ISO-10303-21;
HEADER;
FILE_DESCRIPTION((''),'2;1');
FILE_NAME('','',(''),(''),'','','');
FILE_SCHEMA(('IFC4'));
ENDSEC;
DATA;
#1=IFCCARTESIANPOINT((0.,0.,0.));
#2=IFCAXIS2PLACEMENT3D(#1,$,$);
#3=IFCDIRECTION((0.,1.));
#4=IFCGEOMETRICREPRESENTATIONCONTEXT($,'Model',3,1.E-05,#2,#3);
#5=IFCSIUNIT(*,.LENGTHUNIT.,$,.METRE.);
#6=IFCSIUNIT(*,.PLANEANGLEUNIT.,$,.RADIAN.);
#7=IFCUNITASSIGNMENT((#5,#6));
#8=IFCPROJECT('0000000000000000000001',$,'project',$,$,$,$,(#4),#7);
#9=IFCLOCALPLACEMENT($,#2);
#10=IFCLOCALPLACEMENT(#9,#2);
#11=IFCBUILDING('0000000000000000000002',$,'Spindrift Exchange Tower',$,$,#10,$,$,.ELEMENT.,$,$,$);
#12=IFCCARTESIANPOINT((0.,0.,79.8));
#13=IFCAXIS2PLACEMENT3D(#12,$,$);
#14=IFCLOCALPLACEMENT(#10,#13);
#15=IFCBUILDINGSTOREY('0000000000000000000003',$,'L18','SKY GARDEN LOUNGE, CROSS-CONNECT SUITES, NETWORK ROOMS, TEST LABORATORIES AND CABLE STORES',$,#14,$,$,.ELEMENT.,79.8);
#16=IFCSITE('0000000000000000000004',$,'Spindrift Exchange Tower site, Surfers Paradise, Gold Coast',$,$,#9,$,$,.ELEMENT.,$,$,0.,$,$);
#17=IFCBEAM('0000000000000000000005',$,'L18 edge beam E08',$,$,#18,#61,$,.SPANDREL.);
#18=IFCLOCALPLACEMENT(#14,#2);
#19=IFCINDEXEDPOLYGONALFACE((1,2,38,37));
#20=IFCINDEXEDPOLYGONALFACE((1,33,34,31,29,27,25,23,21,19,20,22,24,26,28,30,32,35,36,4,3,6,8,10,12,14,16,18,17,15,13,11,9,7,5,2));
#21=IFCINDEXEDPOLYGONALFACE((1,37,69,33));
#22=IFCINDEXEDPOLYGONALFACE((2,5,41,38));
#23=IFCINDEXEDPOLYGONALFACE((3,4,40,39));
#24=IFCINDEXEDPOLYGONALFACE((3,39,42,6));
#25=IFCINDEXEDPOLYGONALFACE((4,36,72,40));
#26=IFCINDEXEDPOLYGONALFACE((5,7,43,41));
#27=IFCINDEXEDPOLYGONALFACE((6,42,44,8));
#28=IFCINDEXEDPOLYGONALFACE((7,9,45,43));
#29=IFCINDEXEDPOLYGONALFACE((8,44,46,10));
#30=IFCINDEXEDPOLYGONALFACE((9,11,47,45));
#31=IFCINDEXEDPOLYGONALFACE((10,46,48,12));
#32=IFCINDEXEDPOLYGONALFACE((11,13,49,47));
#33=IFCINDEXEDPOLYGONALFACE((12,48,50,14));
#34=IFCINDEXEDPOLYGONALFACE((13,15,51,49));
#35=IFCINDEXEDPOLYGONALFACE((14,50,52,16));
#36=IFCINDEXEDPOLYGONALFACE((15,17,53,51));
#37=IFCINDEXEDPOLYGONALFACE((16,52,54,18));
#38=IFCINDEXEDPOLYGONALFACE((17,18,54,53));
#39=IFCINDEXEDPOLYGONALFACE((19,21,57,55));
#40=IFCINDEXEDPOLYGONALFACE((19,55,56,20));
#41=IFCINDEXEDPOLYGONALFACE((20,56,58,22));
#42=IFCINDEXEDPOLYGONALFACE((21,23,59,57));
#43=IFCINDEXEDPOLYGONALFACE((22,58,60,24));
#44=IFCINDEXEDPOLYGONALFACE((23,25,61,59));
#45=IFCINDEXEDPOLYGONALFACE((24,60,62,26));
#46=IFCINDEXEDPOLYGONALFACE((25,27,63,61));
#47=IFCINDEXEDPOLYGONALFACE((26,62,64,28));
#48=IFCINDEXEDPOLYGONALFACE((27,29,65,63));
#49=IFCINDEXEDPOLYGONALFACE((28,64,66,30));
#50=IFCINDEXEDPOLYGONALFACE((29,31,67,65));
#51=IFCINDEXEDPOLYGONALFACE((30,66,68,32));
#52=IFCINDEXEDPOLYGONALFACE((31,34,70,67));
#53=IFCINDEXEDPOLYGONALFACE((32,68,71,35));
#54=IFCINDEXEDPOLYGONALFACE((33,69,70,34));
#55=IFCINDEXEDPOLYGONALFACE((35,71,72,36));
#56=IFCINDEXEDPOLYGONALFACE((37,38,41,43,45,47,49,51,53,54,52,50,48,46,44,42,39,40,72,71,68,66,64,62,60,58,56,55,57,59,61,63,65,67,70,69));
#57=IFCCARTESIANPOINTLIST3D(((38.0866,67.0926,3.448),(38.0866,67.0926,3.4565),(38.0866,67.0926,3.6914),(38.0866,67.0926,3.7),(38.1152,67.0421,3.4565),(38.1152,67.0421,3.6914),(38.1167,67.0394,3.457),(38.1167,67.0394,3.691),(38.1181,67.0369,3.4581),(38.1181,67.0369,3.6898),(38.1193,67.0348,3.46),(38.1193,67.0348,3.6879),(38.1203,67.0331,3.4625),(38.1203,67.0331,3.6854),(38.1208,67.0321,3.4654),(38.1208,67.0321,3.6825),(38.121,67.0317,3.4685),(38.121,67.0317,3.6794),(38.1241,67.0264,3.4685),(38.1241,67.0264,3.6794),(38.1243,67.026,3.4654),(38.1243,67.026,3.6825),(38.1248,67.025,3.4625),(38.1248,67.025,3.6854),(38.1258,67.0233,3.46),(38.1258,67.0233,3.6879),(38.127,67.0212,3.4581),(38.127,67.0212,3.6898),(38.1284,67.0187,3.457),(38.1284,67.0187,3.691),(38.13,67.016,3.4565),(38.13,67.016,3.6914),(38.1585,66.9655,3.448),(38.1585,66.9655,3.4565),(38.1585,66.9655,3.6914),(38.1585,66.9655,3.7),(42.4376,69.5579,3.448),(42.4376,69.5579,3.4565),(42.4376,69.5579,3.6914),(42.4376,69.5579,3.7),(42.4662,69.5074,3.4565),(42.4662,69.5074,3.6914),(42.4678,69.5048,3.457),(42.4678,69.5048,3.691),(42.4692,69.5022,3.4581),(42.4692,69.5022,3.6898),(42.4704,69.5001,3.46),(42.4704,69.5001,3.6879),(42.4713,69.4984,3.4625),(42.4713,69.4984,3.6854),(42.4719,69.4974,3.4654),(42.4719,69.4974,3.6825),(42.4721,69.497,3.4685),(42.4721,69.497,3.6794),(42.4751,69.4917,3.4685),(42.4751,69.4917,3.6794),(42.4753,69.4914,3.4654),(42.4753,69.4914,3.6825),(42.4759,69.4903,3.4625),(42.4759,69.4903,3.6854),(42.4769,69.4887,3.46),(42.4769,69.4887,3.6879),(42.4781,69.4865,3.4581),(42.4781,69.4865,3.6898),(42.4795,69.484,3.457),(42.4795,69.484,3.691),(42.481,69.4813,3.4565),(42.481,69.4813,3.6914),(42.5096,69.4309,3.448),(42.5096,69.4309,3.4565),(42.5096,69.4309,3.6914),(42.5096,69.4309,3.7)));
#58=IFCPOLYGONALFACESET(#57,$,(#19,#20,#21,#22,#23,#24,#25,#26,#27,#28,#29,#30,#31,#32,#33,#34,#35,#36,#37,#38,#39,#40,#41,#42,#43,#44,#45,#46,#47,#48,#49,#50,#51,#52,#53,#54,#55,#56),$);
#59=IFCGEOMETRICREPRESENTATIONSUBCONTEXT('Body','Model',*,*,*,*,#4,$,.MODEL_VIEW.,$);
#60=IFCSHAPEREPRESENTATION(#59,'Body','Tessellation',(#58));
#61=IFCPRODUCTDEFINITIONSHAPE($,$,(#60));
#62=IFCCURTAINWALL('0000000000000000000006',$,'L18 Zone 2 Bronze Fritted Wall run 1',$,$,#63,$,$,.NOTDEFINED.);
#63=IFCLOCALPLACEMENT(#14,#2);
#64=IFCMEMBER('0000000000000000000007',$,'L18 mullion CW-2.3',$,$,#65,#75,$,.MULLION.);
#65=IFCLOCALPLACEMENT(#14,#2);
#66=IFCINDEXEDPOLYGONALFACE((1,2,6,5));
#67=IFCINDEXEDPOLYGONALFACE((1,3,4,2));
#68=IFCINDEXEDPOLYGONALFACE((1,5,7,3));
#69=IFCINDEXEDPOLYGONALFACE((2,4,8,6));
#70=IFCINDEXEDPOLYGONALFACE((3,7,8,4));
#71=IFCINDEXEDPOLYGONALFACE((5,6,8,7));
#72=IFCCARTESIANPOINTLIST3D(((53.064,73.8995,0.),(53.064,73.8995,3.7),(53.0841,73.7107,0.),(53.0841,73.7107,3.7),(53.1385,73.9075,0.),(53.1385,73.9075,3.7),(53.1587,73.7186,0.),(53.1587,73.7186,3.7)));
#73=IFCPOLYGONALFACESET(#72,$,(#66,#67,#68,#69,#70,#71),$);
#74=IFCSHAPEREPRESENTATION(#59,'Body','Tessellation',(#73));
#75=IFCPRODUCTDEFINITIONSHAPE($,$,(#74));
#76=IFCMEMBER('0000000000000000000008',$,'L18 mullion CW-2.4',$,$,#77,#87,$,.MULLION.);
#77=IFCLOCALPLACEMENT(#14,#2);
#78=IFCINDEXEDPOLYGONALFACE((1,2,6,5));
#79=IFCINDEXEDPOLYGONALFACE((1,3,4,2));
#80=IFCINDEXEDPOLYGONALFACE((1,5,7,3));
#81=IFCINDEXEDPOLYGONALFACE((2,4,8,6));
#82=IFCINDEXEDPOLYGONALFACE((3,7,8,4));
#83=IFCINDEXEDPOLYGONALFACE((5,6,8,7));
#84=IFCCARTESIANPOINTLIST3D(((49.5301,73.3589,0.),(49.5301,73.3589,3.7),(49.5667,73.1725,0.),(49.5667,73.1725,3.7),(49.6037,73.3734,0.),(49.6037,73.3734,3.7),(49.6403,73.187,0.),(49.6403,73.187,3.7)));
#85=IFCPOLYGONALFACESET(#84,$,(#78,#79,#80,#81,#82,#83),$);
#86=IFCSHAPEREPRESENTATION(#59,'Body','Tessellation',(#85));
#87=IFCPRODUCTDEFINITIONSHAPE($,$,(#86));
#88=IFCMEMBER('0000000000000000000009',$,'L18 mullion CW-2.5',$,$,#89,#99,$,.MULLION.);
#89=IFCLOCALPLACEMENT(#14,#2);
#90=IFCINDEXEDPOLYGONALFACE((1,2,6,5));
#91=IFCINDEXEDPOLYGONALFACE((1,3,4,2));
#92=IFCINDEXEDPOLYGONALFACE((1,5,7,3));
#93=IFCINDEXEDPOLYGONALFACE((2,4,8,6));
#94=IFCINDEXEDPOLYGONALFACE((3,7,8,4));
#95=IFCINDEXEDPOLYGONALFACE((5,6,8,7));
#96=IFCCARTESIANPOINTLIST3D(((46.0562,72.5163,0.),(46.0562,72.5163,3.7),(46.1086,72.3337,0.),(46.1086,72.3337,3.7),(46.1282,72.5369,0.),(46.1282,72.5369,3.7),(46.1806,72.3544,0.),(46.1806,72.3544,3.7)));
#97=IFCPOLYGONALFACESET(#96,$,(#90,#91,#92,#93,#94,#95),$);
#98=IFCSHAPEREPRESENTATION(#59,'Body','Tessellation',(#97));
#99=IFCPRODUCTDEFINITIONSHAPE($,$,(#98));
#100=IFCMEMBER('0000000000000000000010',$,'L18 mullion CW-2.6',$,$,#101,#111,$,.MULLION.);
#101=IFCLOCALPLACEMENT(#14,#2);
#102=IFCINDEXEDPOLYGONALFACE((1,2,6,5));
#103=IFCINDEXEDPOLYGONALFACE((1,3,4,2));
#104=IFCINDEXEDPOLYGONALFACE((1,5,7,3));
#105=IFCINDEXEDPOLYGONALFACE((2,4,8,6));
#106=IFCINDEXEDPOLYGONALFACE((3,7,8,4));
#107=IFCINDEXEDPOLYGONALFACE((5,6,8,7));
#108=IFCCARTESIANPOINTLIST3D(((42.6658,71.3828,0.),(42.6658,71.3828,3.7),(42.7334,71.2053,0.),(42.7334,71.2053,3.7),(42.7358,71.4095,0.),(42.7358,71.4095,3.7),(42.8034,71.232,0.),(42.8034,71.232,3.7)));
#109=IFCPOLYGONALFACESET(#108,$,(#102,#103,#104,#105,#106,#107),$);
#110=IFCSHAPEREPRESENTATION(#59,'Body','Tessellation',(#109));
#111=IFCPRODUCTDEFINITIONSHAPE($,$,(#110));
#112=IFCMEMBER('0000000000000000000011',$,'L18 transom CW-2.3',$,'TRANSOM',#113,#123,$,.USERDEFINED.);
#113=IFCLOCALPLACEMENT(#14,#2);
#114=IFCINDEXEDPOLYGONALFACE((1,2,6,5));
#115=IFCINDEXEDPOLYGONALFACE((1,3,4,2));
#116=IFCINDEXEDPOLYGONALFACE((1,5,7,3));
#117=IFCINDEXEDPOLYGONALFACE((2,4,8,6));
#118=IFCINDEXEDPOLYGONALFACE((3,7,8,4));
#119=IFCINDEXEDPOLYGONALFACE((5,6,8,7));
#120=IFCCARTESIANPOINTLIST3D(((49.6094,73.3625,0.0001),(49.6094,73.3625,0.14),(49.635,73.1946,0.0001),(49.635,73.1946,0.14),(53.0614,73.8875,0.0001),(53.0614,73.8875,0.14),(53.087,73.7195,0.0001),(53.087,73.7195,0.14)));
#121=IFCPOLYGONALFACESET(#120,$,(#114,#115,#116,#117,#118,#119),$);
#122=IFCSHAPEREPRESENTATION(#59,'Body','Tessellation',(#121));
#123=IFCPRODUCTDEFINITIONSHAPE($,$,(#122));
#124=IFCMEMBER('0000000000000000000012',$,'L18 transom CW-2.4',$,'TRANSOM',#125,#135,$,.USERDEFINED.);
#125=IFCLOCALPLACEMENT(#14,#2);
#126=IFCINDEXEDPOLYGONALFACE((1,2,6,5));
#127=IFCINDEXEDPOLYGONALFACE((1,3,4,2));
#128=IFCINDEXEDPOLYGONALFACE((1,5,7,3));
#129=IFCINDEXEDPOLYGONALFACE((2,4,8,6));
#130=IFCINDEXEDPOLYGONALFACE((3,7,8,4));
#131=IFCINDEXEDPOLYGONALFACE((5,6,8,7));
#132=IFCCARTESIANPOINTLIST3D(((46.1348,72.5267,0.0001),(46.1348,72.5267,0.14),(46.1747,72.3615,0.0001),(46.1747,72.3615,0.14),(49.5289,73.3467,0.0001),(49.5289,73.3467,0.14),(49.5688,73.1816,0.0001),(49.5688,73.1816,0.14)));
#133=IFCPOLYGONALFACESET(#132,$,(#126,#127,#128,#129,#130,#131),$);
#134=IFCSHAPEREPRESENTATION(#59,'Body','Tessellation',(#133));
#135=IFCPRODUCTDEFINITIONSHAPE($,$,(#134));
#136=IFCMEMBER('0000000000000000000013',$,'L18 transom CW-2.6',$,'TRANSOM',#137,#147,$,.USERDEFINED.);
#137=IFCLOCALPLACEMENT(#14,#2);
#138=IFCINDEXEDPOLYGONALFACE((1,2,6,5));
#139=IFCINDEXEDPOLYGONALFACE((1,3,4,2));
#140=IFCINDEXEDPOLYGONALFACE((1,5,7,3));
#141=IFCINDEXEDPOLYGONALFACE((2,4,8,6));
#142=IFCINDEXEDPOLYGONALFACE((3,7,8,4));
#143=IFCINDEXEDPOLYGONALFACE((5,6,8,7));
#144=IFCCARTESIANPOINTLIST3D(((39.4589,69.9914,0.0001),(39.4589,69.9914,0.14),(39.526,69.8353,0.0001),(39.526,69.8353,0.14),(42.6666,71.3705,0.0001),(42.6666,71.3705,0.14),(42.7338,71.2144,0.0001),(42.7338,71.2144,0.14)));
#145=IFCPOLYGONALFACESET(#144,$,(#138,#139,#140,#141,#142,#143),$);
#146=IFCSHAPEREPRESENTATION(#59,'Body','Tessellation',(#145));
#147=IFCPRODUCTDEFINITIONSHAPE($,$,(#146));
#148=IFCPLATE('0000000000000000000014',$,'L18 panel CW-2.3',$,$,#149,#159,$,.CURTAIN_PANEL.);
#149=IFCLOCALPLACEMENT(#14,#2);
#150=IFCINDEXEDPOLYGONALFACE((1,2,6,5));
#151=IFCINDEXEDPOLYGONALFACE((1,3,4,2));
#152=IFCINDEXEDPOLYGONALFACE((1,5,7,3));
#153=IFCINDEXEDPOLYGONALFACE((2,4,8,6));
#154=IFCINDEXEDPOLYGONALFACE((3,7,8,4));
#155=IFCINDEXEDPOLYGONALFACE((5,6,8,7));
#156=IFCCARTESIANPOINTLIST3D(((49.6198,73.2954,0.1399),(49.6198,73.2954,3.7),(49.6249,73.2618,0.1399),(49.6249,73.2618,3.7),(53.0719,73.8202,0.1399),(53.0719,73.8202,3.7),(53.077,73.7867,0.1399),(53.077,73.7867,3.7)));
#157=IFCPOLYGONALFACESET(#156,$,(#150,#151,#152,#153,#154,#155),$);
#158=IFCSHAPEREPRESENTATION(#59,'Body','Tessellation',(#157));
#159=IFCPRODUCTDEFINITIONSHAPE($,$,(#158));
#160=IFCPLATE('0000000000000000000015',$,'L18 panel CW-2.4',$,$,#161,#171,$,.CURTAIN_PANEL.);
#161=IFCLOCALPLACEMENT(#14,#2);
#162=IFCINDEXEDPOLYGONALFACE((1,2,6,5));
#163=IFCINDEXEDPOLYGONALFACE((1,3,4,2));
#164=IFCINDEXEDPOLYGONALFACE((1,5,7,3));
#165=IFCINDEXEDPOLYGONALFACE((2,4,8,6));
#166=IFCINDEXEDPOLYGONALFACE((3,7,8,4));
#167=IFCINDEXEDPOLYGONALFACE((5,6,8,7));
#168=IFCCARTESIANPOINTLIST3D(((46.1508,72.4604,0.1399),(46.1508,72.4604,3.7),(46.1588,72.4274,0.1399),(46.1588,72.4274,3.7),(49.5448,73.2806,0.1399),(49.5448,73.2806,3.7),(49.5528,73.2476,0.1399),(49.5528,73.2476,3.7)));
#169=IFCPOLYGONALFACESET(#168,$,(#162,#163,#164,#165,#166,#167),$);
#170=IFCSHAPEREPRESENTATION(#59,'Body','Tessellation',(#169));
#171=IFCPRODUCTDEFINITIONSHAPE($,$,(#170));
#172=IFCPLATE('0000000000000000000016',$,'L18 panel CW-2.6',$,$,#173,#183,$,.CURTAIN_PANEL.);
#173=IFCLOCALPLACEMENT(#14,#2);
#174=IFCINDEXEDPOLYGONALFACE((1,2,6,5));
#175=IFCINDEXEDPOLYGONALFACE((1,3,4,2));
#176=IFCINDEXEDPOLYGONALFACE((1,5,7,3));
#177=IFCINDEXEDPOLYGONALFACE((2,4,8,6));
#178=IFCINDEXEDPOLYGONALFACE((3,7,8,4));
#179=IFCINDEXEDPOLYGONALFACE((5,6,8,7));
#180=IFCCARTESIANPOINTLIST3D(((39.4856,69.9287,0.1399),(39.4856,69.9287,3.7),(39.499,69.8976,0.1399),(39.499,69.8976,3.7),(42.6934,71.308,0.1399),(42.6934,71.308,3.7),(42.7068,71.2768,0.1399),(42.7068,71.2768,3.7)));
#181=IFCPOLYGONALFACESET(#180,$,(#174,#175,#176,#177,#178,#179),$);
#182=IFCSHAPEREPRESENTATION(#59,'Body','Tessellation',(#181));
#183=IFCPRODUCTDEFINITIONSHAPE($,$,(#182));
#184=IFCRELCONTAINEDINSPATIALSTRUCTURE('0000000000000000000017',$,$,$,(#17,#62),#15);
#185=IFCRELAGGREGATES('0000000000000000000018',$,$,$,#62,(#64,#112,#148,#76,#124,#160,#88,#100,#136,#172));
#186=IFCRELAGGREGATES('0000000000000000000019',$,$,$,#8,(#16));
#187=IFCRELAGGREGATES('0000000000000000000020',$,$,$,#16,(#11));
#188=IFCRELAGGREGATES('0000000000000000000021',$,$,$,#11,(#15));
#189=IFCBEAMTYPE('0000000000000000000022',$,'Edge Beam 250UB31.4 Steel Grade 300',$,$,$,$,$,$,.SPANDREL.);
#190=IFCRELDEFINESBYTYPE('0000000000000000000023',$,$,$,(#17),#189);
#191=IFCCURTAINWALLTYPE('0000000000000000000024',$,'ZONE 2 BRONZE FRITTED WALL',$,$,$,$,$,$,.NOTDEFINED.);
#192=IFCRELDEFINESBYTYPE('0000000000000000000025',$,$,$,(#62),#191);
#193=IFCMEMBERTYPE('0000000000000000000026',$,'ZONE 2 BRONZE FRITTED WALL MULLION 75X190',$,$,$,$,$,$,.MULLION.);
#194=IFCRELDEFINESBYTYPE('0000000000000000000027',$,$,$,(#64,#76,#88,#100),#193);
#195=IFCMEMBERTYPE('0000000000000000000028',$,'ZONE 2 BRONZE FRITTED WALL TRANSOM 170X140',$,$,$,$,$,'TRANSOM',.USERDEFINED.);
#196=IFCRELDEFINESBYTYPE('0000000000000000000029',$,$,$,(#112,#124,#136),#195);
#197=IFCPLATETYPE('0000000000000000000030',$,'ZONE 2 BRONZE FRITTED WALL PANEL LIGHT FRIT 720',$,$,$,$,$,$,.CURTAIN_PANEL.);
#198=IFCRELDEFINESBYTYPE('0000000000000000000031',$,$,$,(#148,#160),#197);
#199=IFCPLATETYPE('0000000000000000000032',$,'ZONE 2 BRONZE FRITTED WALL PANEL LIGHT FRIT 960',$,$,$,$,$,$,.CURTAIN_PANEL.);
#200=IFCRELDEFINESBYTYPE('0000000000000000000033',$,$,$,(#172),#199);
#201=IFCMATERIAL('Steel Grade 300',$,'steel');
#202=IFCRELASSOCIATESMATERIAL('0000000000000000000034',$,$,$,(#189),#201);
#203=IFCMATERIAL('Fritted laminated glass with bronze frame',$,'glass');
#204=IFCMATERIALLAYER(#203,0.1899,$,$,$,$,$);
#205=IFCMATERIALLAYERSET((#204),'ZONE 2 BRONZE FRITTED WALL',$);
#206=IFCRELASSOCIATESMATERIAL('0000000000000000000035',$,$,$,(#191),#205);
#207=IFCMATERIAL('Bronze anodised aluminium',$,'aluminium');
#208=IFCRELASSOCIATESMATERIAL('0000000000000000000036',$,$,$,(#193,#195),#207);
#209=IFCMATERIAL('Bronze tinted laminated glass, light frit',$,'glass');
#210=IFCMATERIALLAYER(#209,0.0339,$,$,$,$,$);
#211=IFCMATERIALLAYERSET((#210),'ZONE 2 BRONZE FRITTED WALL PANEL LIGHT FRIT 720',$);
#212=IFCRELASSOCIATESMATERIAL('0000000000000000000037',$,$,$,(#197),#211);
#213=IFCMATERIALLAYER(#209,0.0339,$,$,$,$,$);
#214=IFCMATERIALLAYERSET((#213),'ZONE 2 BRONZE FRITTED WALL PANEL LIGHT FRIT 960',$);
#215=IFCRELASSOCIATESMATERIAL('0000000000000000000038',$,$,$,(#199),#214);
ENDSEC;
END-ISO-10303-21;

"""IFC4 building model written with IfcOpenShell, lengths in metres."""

from ifc_helpers import new_model, si_unit, direction, frame, origin, origin_2d, place, context, subcontext, project, spatial, rectangle, i_section, extrude, source, transform, mapped, material, layer, layer_set, material_profile, profile_set, type_object, element, aggregate, save


model = new_model("IFC4")

# Units and contexts
model_context = context("Model", 3, precision=1e-05, world=origin(), true_north=direction((0.0, 1.0)))
body_context = subcontext(model_context, "Body", "Model", "MODEL_VIEW")
ifc_project = project(units=[si_unit("LENGTHUNIT", "METRE"), si_unit("PLANEANGLEUNIT", "RADIAN")], contexts=[model_context])

# Site, building, storey
site_placement = place(None, origin())
site = spatial("IfcSite", under=ifc_project, at=site_placement, Name="Spindrift Exchange Tower site, Surfers Paradise, Gold Coast", CompositionType="ELEMENT", RefElevation=0.0)
building_placement = place(site_placement, origin())
building = spatial("IfcBuilding", under=site, at=building_placement, Name="Spindrift Exchange Tower", CompositionType="ELEMENT")
storey_placement = place(building_placement, frame((0.0, 0.0, 79.8)))
storey = spatial("IfcBuildingStorey", under=building, at=storey_placement, Name="L18", Description="SKY GARDEN LOUNGE, CROSS-CONNECT SUITES, NETWORK ROOMS, TEST LABORATORIES AND CABLE STORES", CompositionType="ELEMENT", Elevation=79.8)

# Beam
ifc_material_1 = material(Name="Steel Grade 300", Category="steel")
ifc_material_profile_1 = material_profile(ifc_material_1, i_section(OverallWidth=0.146, OverallDepth=0.252, WebThickness=0.0061, FlangeThickness=0.0085, FilletRadius=0.012, at=origin_2d()), Name="250UB31.4")
ifc_profile_set_1 = profile_set([ifc_material_profile_1], Name="Steel Grade 300")
beam_type_1 = type_object("IfcBeamType", Name="Edge Beam 250UB31.4 Steel Grade 300", PredefinedType="SPANDREL", material=ifc_profile_set_1)
shared_shape_1 = source(origin(), body_context, "Body", "SweptSolid", [
    extrude(i_section(OverallWidth=0.146, OverallDepth=0.252, WebThickness=0.0061, FlangeThickness=0.0085, FilletRadius=0.012, at=origin_2d()), origin(), (0.0, 0.0, 1.0), 5.001),
])
beam_1_placement = place(storey_placement, frame((42.4736, 69.4944, 3.574), z_axis=(-0.870046, -0.492971, 0.0), x_axis=(0.492971, -0.870046, 0.0)))
element("IfcBeam", 1, at=beam_1_placement, inside=storey, type_object=beam_type_1, Name="L18 edge beam E08", PredefinedType="SPANDREL", context=body_context, shape_type="MappedRepresentation", body=[
    mapped(shared_shape_1, transform((0.0, 0.0, 0.0), scale=1.0)),
])

# Curtain wall, members, plates
ifc_material_2 = material(Name="Fritted laminated glass with bronze frame", Category="glass")
ifc_layer_1 = layer(ifc_material_2, 0.1899)
ifc_layer_set_1 = layer_set([ifc_layer_1], Name="ZONE 2 BRONZE FRITTED WALL")
curtain_wall_type = type_object("IfcCurtainWallType", Name="ZONE 2 BRONZE FRITTED WALL", PredefinedType="NOTDEFINED", material=ifc_layer_set_1)
curtain_wall_placement = place(storey_placement, origin())
curtain_wall = element("IfcCurtainWall", 2, at=curtain_wall_placement, inside=storey, type_object=curtain_wall_type, Name="L18 Zone 2 Bronze Fritted Wall run 1", PredefinedType="NOTDEFINED")
ifc_material_3 = material(Name="Bronze anodised aluminium", Category="aluminium")
ifc_material_profile_2 = material_profile(ifc_material_3, rectangle(XDim=0.075, YDim=0.1899, at=origin_2d()), Name="ZONE 2 BRONZE FRITTED WALL MULLION 75X190")
ifc_profile_set_2 = profile_set([ifc_material_profile_2], Name="Bronze anodised aluminium")
member_type_1 = type_object("IfcMemberType", Name="ZONE 2 BRONZE FRITTED WALL MULLION 75X190", PredefinedType="MULLION", material=ifc_profile_set_2)
shared_shape_2 = source(origin(), body_context, "Body", "SweptSolid", [
    extrude(rectangle(XDim=0.075, YDim=0.1899, at=origin_2d()), origin(), (0.0, 0.0, 1.0), 3.7),
])
member_1_placement = place(storey_placement, frame((53.1113, 73.8091, 0.0), z_axis=(0.0, 0.0, 1.0), x_axis=(-0.994352, -0.106131, 0.0)))
member_1 = element("IfcMember", 3, at=member_1_placement, type_object=member_type_1, Name="L18 mullion CW-2.3", PredefinedType="MULLION", context=body_context, shape_type="MappedRepresentation", body=[
    mapped(shared_shape_2, transform((0.0, 0.0, 0.0), scale=1.0)),
])
member_2_placement = place(storey_placement, frame((49.5852, 73.2729, 0.0), z_axis=(0.0, 0.0, 1.0), x_axis=(-0.981242, -0.192782, 0.0)))
member_2 = element("IfcMember", 4, at=member_2_placement, type_object=member_type_1, Name="L18 mullion CW-2.4", PredefinedType="MULLION", context=body_context, shape_type="MappedRepresentation", body=[
    mapped(shared_shape_2, transform((0.0, 0.0, 0.0), scale=1.0)),
])
member_3_placement = place(storey_placement, frame((46.1184, 72.4353, 0.0), z_axis=(0.0, 0.0, 1.0), x_axis=(-0.961216, -0.275796, 0.0)))
member_3 = element("IfcMember", 5, at=member_3_placement, type_object=member_type_1, Name="L18 mullion CW-2.5", PredefinedType="MULLION", context=body_context, shape_type="MappedRepresentation", body=[
    mapped(shared_shape_2, transform((0.0, 0.0, 0.0), scale=1.0)),
])
member_4_placement = place(storey_placement, frame((42.7346, 71.3074, 0.0), z_axis=(0.0, 0.0, 1.0), x_axis=(-0.934514, -0.355927, 0.0)))
member_4 = element("IfcMember", 6, at=member_4_placement, type_object=member_type_1, Name="L18 mullion CW-2.6", PredefinedType="MULLION", context=body_context, shape_type="MappedRepresentation", body=[
    mapped(shared_shape_2, transform((0.0, 0.0, 0.0), scale=1.0)),
])
ifc_material_profile_3 = material_profile(ifc_material_3, rectangle(XDim=0.1699, YDim=0.1399, at=origin_2d()), Name="ZONE 2 BRONZE FRITTED WALL TRANSOM 170X140")
ifc_profile_set_3 = profile_set([ifc_material_profile_3], Name="Bronze anodised aluminium")
member_type_2 = type_object("IfcMemberType", Name="ZONE 2 BRONZE FRITTED WALL TRANSOM 170X140", ElementType="TRANSOM", PredefinedType="USERDEFINED", material=ifc_profile_set_3)
shared_shape_3 = source(origin(), body_context, "Body", "SweptSolid", [
    extrude(rectangle(XDim=0.1699, YDim=0.1399, at=origin_2d()), origin(), (0.0, 0.0, 1.0), 3.4917),
])
member_5_placement = place(storey_placement, frame((53.0742, 73.8035, 0.0701), z_axis=(-0.988635, -0.150334, 0.0), x_axis=(0.150334, -0.988635, 0.0)))
member_5 = element("IfcMember", 7, at=member_5_placement, type_object=member_type_2, Name="L18 transom CW-2.3", ObjectType="TRANSOM", PredefinedType="USERDEFINED", context=body_context, shape_type="MappedRepresentation", body=[
    mapped(shared_shape_3, transform((0.0, 0.0, 0.0), scale=1.0)),
])
member_6_placement = place(storey_placement, frame((49.5488, 73.2642, 0.0701), z_axis=(-0.972029, -0.234862, 0.0), x_axis=(0.234862, -0.972029, 0.0)))
member_6 = element("IfcMember", 8, at=member_6_placement, type_object=member_type_2, Name="L18 transom CW-2.4", ObjectType="TRANSOM", PredefinedType="USERDEFINED", context=body_context, shape_type="MappedRepresentation", body=[
    mapped(shared_shape_3, transform((0.0, 0.0, 0.0), scale=1.0)),
])
member_7_placement = place(storey_placement, frame((42.7002, 71.2925, 0.0701), z_axis=(-0.918689, -0.394982, 0.0), x_axis=(0.394982, -0.918689, 0.0)))
member_7 = element("IfcMember", 9, at=member_7_placement, type_object=member_type_2, Name="L18 transom CW-2.6", ObjectType="TRANSOM", PredefinedType="USERDEFINED", context=body_context, shape_type="MappedRepresentation", body=[
    mapped(shared_shape_3, transform((0.0, 0.0, 0.0), scale=1.0)),
])
ifc_material_4 = material(Name="Bronze tinted laminated glass, light frit", Category="glass")
ifc_layer_2 = layer(ifc_material_4, 0.0339)
ifc_layer_set_2 = layer_set([ifc_layer_2], Name="ZONE 2 BRONZE FRITTED WALL PANEL LIGHT FRIT 720")
plate_type_1 = type_object("IfcPlateType", Name="ZONE 2 BRONZE FRITTED WALL PANEL LIGHT FRIT 720", PredefinedType="CURTAIN_PANEL", material=ifc_layer_set_2)
shared_shape_4 = source(origin(), body_context, "Body", "SweptSolid", [
    extrude(rectangle(XDim=3.4917, YDim=0.0339, at=origin_2d()), origin(), (0.0, 0.0, 1.0), 3.5601),
])
plate_1_placement = place(storey_placement, frame((51.3484, 73.541, 0.1399), z_axis=(0.0, 0.0, 1.0), x_axis=(-0.988639, -0.15031, 0.0)))
plate_1 = element("IfcPlate", 10, at=plate_1_placement, type_object=plate_type_1, Name="L18 panel CW-2.3", PredefinedType="CURTAIN_PANEL", context=body_context, shape_type="MappedRepresentation", body=[
    mapped(shared_shape_4, transform((0.0, 0.0, 0.0), scale=1.0)),
])
plate_2_placement = place(storey_placement, frame((47.8518, 72.854, 0.1399), z_axis=(0.0, 0.0, 1.0), x_axis=(-0.97202, -0.234896, 0.0)))
plate_2 = element("IfcPlate", 11, at=plate_2_placement, type_object=plate_type_1, Name="L18 panel CW-2.4", PredefinedType="CURTAIN_PANEL", context=body_context, shape_type="MappedRepresentation", body=[
    mapped(shared_shape_4, transform((0.0, 0.0, 0.0), scale=1.0)),
])
ifc_layer_3 = layer(ifc_material_4, 0.0339)
ifc_layer_set_3 = layer_set([ifc_layer_3], Name="ZONE 2 BRONZE FRITTED WALL PANEL LIGHT FRIT 960")
plate_type_2 = type_object("IfcPlateType", Name="ZONE 2 BRONZE FRITTED WALL PANEL LIGHT FRIT 960", PredefinedType="CURTAIN_PANEL", material=ifc_layer_set_3)
shared_shape_5 = source(origin(), body_context, "Body", "SweptSolid", [
    extrude(rectangle(XDim=3.4917, YDim=0.0339, at=origin_2d()), origin(), (0.0, 0.0, 1.0), 3.5601),
])
plate_3_placement = place(storey_placement, frame((41.0962, 70.6028, 0.1399), z_axis=(0.0, 0.0, 1.0), x_axis=(-0.918673, -0.395018, 0.0)))
plate_3 = element("IfcPlate", 12, at=plate_3_placement, type_object=plate_type_2, Name="L18 panel CW-2.6", PredefinedType="CURTAIN_PANEL", context=body_context, shape_type="MappedRepresentation", body=[
    mapped(shared_shape_5, transform((0.0, 0.0, 0.0), scale=1.0)),
])
aggregate(curtain_wall, [member_1, member_5, plate_1, member_2, member_6, plate_2, member_3, member_4, member_7, plate_3])

save(model, "model.ifc")
